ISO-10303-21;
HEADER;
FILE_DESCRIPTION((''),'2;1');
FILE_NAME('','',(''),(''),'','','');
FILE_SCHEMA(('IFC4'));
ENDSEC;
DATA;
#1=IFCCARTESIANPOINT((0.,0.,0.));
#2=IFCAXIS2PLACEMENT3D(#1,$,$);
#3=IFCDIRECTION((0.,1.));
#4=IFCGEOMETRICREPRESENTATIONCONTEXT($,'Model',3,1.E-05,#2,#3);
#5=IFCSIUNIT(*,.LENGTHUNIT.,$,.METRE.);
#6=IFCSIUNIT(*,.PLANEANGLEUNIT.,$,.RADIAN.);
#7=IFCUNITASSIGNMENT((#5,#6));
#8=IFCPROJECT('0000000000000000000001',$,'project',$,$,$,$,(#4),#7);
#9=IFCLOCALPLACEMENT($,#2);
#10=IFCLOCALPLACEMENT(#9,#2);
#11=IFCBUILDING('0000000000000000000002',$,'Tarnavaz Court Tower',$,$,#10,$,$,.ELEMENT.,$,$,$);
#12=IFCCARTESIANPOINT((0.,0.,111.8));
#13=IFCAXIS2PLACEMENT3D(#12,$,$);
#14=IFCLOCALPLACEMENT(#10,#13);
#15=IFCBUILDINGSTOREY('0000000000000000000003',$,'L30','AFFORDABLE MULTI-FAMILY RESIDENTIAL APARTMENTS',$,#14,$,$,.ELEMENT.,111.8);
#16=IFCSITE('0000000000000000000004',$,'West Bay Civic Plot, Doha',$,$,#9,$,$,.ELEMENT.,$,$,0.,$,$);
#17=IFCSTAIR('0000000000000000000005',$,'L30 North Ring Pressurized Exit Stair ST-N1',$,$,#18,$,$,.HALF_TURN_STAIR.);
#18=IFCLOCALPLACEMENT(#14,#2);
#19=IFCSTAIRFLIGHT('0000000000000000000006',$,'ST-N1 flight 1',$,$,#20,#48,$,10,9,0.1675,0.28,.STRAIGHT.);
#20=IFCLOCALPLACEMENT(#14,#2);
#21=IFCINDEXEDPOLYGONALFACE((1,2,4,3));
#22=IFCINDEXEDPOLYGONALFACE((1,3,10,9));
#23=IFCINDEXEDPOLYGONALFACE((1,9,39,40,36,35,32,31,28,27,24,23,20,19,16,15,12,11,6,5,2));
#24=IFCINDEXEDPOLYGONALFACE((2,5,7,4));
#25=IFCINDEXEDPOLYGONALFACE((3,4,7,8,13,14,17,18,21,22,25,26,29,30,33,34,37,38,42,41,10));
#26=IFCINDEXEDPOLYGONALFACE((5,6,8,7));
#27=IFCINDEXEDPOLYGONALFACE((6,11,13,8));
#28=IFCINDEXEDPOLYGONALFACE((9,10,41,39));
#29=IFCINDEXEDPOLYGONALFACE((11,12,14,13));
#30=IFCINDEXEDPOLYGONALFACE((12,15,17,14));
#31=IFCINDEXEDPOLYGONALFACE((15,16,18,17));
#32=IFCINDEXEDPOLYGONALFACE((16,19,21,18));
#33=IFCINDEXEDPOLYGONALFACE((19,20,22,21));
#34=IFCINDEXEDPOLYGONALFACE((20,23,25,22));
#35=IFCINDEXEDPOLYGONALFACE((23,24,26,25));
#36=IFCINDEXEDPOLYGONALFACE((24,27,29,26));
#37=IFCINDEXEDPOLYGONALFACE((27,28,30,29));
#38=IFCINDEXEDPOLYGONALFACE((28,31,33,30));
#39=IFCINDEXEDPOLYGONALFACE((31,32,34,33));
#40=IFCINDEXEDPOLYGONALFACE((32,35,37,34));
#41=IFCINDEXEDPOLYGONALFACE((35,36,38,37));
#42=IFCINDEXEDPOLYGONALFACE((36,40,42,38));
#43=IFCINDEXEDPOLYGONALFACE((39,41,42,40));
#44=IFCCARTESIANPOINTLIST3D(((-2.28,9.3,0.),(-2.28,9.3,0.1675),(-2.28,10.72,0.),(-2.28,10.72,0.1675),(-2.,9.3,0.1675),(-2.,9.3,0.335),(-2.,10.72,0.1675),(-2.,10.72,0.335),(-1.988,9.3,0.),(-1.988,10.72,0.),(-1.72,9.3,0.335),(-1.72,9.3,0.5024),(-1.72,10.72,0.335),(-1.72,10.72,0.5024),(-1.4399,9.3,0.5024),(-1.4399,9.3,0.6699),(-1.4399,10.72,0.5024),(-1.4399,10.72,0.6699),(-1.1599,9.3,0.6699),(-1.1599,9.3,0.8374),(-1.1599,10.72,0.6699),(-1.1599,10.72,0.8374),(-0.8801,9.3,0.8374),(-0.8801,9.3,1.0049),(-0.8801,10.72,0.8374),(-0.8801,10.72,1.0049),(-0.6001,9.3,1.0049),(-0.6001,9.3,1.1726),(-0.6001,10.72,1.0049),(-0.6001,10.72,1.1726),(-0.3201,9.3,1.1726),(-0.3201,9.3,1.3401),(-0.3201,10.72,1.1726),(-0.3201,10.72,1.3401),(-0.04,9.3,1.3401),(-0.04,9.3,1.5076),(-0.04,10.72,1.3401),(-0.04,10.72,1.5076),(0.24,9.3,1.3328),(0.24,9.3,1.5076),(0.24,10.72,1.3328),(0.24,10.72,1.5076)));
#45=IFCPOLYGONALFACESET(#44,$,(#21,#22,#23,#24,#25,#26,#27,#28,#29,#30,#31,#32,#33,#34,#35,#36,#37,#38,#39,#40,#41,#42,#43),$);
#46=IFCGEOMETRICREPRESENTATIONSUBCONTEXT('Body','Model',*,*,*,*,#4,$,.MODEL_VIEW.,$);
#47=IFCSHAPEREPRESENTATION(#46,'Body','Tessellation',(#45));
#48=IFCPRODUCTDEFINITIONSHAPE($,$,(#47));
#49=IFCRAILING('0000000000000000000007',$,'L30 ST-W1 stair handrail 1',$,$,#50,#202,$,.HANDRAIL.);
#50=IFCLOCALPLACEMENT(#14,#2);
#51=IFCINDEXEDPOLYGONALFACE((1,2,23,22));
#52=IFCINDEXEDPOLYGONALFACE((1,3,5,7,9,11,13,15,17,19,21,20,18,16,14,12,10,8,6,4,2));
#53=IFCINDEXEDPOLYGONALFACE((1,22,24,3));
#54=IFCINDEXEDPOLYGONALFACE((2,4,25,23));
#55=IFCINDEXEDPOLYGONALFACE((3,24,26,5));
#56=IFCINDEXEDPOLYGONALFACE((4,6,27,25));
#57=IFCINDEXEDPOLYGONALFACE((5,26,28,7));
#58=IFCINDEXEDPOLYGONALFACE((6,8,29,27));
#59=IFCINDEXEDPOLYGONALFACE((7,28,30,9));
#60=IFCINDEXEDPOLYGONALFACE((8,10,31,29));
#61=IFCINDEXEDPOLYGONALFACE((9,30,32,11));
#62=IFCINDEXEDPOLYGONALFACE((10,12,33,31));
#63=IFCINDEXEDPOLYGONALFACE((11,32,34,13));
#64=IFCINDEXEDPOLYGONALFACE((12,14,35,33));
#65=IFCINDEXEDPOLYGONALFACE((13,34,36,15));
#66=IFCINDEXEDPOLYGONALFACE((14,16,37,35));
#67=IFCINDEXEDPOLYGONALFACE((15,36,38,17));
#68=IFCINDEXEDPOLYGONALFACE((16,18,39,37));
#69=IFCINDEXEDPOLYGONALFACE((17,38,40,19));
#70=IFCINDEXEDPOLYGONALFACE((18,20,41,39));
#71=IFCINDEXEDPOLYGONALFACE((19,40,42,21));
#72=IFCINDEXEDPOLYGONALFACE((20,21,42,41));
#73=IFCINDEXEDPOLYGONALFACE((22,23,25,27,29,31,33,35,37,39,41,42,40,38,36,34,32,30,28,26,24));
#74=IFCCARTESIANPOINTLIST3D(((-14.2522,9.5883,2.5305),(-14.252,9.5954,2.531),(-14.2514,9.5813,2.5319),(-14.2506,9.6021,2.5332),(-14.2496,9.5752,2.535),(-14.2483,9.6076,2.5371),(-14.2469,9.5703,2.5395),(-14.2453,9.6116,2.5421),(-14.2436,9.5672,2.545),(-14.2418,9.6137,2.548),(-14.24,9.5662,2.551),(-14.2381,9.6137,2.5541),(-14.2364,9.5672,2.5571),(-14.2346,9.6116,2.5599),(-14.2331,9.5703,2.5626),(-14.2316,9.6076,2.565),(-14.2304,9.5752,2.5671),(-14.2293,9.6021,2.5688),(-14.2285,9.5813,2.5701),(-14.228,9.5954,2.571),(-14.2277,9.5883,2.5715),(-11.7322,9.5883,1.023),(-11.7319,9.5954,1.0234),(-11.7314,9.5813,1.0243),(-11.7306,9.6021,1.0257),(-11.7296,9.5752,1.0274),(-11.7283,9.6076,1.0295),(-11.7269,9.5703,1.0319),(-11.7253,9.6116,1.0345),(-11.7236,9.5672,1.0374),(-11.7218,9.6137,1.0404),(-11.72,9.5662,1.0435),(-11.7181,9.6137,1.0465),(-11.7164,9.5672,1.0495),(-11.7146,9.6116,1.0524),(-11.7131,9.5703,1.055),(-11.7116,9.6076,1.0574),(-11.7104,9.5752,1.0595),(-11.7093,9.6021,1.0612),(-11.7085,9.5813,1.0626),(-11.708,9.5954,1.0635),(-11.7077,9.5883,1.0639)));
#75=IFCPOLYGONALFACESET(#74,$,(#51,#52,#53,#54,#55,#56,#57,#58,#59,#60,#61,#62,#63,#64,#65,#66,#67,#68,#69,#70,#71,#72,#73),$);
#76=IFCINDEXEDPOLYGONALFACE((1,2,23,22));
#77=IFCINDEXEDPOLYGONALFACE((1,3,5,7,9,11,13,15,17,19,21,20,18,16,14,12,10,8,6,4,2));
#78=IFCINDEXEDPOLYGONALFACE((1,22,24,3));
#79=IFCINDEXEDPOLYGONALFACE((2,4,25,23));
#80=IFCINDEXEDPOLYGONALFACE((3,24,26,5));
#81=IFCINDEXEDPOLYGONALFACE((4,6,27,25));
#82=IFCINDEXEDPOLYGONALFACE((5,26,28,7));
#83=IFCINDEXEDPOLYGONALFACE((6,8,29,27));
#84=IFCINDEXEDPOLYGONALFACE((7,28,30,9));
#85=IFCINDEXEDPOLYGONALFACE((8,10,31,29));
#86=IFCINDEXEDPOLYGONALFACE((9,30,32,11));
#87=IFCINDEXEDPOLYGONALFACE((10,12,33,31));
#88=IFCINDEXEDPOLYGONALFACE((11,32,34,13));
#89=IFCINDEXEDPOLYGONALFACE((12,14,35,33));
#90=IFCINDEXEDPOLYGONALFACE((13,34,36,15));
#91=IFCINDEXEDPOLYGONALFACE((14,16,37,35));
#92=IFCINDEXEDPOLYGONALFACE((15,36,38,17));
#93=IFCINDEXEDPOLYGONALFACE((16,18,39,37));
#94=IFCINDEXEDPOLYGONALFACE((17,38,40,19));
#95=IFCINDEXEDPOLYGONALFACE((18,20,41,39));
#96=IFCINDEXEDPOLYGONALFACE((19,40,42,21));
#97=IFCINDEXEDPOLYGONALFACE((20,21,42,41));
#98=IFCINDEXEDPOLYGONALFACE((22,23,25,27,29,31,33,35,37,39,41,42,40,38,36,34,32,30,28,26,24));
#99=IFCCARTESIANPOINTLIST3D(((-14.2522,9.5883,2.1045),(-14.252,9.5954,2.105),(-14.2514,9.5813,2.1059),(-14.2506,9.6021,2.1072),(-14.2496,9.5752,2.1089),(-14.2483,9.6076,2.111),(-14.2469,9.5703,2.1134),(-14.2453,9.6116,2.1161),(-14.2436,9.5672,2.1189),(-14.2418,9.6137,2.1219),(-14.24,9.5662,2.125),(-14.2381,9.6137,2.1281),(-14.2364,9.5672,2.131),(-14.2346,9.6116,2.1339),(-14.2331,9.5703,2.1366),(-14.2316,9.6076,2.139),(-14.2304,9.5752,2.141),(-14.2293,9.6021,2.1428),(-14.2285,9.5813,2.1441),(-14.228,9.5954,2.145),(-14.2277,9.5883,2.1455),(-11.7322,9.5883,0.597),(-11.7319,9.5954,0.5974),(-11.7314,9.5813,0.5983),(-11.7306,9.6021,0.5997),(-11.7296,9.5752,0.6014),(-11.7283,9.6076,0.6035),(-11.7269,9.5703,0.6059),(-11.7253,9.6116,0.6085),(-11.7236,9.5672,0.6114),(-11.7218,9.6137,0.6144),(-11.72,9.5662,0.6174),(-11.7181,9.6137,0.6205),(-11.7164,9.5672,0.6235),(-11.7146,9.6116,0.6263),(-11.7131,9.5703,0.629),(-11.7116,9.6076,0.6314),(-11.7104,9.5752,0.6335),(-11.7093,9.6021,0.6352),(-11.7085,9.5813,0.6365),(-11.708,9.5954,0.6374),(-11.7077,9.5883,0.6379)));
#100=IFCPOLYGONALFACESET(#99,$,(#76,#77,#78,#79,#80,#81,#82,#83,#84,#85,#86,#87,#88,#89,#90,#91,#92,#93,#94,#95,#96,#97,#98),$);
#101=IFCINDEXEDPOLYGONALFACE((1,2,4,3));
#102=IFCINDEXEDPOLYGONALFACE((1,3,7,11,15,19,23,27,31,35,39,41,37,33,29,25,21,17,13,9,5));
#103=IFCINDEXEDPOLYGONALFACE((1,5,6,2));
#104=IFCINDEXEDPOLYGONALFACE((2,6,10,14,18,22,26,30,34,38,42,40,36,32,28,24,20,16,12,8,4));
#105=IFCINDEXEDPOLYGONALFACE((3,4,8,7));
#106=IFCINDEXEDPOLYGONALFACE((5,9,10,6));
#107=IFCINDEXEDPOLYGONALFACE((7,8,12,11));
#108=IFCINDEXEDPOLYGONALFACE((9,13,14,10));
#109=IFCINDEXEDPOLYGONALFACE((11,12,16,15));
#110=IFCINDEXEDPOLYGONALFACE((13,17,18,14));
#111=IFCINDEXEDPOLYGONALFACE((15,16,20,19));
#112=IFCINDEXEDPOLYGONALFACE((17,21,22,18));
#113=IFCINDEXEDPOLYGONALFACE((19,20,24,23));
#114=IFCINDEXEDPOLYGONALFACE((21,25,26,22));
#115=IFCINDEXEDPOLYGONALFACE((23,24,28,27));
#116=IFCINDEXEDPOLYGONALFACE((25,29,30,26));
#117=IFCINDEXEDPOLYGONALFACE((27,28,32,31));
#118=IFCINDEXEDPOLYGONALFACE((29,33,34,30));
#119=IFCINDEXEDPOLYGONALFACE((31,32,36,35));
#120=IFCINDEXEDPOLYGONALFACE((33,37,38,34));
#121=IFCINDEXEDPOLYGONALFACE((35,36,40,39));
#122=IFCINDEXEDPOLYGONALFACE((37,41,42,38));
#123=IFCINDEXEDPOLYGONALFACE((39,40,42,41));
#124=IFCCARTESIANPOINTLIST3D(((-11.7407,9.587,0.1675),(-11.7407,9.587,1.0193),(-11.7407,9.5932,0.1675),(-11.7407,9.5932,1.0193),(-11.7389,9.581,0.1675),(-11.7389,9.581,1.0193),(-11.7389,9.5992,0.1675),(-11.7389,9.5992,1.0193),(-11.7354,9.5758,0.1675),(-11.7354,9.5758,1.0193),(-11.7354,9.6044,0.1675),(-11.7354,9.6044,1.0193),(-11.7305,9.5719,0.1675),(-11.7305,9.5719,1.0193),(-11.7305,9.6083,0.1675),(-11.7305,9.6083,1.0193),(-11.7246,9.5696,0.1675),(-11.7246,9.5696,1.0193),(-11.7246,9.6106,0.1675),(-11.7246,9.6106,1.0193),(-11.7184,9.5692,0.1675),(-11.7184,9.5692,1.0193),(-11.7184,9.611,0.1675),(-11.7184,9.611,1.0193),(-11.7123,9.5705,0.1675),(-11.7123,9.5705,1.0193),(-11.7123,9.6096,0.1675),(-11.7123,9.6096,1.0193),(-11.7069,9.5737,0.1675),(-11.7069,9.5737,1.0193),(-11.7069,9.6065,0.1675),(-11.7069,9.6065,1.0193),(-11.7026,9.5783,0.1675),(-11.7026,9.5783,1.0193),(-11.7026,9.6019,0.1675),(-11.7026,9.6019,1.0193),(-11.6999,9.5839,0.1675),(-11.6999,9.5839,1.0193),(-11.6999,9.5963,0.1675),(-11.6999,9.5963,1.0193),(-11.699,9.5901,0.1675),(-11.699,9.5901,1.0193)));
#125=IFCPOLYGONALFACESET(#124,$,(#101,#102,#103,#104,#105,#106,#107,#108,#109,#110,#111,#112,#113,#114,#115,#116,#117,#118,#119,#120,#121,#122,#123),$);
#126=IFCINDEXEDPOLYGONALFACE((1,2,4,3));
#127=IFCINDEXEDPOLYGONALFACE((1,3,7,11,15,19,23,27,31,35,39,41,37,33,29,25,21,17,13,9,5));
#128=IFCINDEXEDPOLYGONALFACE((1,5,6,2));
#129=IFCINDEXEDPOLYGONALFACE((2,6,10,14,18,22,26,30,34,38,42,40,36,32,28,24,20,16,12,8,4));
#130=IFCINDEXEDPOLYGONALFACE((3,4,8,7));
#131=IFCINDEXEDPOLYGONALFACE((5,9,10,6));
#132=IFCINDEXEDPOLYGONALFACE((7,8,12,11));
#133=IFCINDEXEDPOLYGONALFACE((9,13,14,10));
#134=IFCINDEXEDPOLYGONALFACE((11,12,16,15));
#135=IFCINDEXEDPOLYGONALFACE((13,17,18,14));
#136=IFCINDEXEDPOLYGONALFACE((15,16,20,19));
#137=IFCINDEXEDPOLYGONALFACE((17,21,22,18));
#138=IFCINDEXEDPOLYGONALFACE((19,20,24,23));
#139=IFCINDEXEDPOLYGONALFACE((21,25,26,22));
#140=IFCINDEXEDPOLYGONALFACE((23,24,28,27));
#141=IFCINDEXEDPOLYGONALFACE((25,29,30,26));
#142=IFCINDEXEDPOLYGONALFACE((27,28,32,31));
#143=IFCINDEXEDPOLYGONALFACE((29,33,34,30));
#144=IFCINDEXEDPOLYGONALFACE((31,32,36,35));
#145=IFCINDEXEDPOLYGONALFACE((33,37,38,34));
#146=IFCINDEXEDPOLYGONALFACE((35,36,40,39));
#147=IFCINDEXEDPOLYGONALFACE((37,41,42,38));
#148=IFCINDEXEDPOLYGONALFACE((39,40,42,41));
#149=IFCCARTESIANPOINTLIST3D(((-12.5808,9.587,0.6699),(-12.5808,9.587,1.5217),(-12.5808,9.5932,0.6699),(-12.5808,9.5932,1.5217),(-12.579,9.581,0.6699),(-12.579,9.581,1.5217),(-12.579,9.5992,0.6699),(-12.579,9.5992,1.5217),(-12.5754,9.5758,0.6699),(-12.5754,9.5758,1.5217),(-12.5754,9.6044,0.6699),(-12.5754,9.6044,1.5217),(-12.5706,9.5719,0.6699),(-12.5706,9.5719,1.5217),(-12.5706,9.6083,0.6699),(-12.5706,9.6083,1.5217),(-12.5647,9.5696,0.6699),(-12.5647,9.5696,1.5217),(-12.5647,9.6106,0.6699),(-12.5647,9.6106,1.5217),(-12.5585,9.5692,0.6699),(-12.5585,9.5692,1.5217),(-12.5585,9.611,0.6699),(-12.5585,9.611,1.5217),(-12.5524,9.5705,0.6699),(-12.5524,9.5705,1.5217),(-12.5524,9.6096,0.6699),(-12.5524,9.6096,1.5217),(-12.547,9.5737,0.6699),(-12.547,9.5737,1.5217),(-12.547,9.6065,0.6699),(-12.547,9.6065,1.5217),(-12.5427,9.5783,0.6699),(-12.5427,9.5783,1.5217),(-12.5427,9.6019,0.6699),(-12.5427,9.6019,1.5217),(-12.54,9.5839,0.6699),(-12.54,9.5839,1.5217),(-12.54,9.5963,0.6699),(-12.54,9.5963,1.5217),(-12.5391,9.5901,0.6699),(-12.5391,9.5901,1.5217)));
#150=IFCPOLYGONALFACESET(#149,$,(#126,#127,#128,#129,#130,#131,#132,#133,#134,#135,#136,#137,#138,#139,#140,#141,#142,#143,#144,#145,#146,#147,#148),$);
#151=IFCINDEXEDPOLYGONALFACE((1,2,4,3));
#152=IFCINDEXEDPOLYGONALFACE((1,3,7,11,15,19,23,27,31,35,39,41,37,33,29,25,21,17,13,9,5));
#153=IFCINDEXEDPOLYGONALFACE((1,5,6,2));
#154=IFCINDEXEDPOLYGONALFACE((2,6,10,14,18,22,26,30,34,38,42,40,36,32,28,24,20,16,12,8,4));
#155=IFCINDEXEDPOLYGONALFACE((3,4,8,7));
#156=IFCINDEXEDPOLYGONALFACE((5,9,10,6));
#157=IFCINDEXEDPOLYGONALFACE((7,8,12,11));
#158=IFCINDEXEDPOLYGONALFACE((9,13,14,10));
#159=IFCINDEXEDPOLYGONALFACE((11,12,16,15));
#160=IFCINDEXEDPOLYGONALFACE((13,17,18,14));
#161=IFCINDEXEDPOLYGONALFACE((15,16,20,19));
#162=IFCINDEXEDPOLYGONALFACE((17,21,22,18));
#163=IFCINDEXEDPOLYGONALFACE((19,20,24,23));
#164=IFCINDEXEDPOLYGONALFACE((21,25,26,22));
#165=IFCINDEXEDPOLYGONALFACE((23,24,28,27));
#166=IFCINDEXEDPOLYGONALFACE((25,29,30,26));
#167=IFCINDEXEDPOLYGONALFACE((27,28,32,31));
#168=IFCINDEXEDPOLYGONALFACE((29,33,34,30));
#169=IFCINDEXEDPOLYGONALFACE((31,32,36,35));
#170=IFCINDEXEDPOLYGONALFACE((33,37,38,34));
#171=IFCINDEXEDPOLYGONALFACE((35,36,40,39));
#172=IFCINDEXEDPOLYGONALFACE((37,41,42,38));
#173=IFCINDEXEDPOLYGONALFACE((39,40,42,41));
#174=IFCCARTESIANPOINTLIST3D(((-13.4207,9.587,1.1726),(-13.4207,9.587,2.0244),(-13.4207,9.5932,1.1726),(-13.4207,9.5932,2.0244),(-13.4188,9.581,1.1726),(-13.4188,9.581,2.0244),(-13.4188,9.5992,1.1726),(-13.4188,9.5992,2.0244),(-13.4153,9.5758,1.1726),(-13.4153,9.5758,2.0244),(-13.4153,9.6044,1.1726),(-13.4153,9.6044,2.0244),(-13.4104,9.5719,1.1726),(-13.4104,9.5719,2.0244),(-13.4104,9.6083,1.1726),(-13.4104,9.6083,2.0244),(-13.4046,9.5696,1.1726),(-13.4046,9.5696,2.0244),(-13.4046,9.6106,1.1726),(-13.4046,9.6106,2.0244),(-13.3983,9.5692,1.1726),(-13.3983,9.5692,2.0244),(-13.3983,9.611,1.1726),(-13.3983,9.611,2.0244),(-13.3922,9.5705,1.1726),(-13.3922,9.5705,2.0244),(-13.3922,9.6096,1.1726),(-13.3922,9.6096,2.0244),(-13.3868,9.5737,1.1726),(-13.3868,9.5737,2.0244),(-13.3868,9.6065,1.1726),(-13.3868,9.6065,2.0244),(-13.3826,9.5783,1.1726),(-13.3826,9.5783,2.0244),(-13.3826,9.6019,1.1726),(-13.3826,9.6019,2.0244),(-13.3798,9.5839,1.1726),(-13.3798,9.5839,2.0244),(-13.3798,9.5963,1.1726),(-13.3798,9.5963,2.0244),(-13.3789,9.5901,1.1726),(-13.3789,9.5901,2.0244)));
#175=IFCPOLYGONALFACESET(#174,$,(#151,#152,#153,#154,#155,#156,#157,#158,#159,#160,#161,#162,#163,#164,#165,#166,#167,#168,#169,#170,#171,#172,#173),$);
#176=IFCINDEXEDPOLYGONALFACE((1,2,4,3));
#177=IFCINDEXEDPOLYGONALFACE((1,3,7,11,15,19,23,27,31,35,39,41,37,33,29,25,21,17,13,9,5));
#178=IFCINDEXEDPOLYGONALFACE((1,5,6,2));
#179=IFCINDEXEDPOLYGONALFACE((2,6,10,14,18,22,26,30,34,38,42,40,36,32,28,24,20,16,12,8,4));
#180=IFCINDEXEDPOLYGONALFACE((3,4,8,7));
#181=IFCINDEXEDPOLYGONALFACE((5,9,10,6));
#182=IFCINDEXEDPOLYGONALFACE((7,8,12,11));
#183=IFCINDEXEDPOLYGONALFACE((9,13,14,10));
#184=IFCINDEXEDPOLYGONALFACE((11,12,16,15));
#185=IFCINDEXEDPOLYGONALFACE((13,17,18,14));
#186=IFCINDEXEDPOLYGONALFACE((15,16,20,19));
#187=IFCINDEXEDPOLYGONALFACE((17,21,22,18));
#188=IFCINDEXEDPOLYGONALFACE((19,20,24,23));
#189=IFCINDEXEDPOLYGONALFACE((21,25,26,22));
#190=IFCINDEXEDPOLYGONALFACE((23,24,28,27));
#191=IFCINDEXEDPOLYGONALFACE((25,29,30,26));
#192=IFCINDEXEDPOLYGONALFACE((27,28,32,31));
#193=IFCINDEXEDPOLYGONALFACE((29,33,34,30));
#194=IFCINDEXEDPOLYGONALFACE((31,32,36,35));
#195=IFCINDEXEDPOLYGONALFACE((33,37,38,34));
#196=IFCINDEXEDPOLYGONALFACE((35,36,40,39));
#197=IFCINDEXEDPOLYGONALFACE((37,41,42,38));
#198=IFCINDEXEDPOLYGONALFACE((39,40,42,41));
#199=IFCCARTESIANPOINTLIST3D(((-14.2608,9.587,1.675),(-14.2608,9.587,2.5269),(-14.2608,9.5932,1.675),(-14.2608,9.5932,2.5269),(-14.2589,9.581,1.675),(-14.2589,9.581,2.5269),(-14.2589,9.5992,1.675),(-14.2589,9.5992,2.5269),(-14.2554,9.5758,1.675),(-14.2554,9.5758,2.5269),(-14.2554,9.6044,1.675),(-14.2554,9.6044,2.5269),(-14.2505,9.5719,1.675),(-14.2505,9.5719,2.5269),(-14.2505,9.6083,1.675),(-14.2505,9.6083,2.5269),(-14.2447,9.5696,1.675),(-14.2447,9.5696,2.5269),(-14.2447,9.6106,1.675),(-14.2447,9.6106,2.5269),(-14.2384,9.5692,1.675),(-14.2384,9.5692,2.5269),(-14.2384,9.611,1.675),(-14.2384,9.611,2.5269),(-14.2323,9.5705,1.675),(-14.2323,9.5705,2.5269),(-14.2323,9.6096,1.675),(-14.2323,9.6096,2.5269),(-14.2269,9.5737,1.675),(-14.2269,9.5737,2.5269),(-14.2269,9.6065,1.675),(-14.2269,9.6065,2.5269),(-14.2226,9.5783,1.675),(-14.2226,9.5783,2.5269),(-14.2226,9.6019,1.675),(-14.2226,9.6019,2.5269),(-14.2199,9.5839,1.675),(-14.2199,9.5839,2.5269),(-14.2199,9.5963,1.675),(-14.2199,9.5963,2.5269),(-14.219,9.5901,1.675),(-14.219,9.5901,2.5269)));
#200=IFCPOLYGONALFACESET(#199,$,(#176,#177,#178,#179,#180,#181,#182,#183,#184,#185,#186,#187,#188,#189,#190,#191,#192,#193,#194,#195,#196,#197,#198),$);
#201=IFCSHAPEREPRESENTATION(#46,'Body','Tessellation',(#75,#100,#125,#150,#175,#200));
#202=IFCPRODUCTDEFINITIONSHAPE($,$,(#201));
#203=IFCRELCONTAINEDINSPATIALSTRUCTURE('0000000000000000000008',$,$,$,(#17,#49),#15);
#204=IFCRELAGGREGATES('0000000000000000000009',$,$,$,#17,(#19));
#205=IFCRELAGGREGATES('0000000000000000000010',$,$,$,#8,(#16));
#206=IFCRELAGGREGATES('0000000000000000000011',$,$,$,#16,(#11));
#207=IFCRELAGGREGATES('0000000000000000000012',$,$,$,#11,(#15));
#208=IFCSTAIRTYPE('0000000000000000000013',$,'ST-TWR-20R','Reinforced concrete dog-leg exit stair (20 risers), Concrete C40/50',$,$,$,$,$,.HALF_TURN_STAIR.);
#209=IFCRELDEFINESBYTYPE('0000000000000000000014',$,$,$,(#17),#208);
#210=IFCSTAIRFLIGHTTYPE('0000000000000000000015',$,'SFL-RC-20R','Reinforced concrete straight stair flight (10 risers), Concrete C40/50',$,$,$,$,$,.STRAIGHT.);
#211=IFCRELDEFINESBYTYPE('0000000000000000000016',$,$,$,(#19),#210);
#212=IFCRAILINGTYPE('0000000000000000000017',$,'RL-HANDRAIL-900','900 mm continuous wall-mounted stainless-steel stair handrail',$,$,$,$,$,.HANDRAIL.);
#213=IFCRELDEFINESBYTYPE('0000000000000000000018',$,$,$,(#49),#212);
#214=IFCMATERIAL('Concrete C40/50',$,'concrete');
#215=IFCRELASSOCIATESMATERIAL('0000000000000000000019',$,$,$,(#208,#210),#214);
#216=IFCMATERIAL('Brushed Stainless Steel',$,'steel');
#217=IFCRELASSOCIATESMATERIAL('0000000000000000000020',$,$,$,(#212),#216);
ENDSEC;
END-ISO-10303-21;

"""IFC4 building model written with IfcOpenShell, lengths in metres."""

from ifc_helpers import new_model, si_unit, direction, frame, origin, origin_2d, place, context, subcontext, project, spatial, polyline, circle, outline, extrude, material, type_object, element, aggregate, save


model = new_model("IFC4")

# Units and contexts
model_context = context("Model", 3, precision=1e-05, world=origin(), true_north=direction((0.0, 1.0)))
body_context = subcontext(model_context, "Body", "Model", "MODEL_VIEW")
ifc_project = project(units=[si_unit("LENGTHUNIT", "METRE"), si_unit("PLANEANGLEUNIT", "RADIAN")], contexts=[model_context])

# Site, building, storey
site_placement = place(None, origin())
site = spatial("IfcSite", under=ifc_project, at=site_placement, Name="West Bay Civic Plot, Doha", CompositionType="ELEMENT", RefElevation=0.0)
building_placement = place(site_placement, origin())
building = spatial("IfcBuilding", under=site, at=building_placement, Name="Tarnavaz Court Tower", CompositionType="ELEMENT")
storey_placement = place(building_placement, frame((0.0, 0.0, 111.8)))
storey = spatial("IfcBuildingStorey", under=building, at=storey_placement, Name="L30", Description="AFFORDABLE MULTI-FAMILY RESIDENTIAL APARTMENTS", CompositionType="ELEMENT", Elevation=111.8)

# Stair, stair flight
ifc_material_1 = material(Name="Concrete C40/50", Category="concrete")
stair_type = type_object("IfcStairType", Name="ST-TWR-20R", Description="Reinforced concrete dog-leg exit stair (20 risers), Concrete C40/50", PredefinedType="HALF_TURN_STAIR", material=ifc_material_1)
stair_flight_type = type_object("IfcStairFlightType", Name="SFL-RC-20R", Description="Reinforced concrete straight stair flight (10 risers), Concrete C40/50", PredefinedType="STRAIGHT", material=ifc_material_1)
stair_1_placement = place(storey_placement, origin())
stair_1 = element("IfcStair", 1, at=stair_1_placement, inside=storey, type_object=stair_type, Name="L30 North Ring Pressurized Exit Stair ST-N1", PredefinedType="HALF_TURN_STAIR")
stair_flight_1_placement = place(storey_placement, frame((-2.28, 10.01, 0.0), z_axis=(0.0, 0.0, 1.0), x_axis=(1.0, 0.0, 0.0)))
stair_flight_1 = element("IfcStairFlight", 2, at=stair_flight_1_placement, type_object=stair_flight_type, Name="ST-N1 flight 1", NumberOfRisers=10, NumberOfTreads=9, PredefinedType="STRAIGHT", RiserHeight=0.1675, TreadLength=0.28, context=body_context, shape_type="SweptSolid", body=[
    extrude(outline(polyline([(0.0, 0.0), (0.0, 0.1675), (0.28, 0.1675), (0.28, 0.335), (0.5601, 0.335), (0.5601, 0.5024), (0.8401, 0.5024), (0.8401, 0.6699), (1.1201, 0.6699), (1.1201, 0.8374), (1.3999, 0.8374), (1.3999, 1.0049), (1.6799, 1.0049), (1.6799, 1.1726), (1.96, 1.1726), (1.96, 1.3401), (2.24, 1.3401), (2.24, 1.5076), (2.52, 1.5076), (2.52, 1.675), (2.52, 1.3328), (0.292, 0.0), (0.0, 0.0)])), frame((0.0, 0.71, 0.0), z_axis=(0.0, -1.0, 0.0), x_axis=(1.0, 0.0, 0.0)), (0.0, 0.0, 1.0), 1.4199),
])
aggregate(stair_1, [stair_flight_1])

# Railing
ifc_material_2 = material(Name="Brushed Stainless Steel", Category="steel")
railing_type_1 = type_object("IfcRailingType", Name="RL-HANDRAIL-900", Description="900 mm continuous wall-mounted stainless-steel stair handrail", PredefinedType="HANDRAIL", material=ifc_material_2)
railing_1_placement = place(storey_placement, frame((-11.72, 9.5901, 0.1675)))
element("IfcRailing", 3, at=railing_1_placement, inside=storey, type_object=railing_type_1, Name="L30 ST-W1 stair handrail 1", PredefinedType="HANDRAIL", context=body_context, shape_type="SweptSolid", body=[
    extrude(circle(Radius=0.0239, at=origin_2d()), frame((0.0, 0.0, 0.876), z_axis=(-0.85816, 0.0, 0.513383), x_axis=(0.0, -1.0, 0.0)), (0.0, 0.0, 1.0), 2.9365),
    extrude(circle(Radius=0.0239, at=origin_2d()), frame((0.0, 0.0, 0.45), z_axis=(-0.85816, 0.0, 0.513383), x_axis=(0.0, -1.0, 0.0)), (0.0, 0.0, 1.0), 2.9365),
    extrude(circle(Radius=0.021, at=origin_2d()), origin(), (0.0, 0.0, 1.0), 0.8518),
    extrude(circle(Radius=0.021, at=origin_2d()), frame((-0.8401, 0.0, 0.5024)), (0.0, 0.0, 1.0), 0.8518),
    extrude(circle(Radius=0.021, at=origin_2d()), frame((-1.6799, 0.0, 1.0051)), (0.0, 0.0, 1.0), 0.8518),
    extrude(circle(Radius=0.021, at=origin_2d()), frame((-2.52, 0.0, 1.5076)), (0.0, 0.0, 1.0), 0.8518),
])

save(model, "model.ifc")
